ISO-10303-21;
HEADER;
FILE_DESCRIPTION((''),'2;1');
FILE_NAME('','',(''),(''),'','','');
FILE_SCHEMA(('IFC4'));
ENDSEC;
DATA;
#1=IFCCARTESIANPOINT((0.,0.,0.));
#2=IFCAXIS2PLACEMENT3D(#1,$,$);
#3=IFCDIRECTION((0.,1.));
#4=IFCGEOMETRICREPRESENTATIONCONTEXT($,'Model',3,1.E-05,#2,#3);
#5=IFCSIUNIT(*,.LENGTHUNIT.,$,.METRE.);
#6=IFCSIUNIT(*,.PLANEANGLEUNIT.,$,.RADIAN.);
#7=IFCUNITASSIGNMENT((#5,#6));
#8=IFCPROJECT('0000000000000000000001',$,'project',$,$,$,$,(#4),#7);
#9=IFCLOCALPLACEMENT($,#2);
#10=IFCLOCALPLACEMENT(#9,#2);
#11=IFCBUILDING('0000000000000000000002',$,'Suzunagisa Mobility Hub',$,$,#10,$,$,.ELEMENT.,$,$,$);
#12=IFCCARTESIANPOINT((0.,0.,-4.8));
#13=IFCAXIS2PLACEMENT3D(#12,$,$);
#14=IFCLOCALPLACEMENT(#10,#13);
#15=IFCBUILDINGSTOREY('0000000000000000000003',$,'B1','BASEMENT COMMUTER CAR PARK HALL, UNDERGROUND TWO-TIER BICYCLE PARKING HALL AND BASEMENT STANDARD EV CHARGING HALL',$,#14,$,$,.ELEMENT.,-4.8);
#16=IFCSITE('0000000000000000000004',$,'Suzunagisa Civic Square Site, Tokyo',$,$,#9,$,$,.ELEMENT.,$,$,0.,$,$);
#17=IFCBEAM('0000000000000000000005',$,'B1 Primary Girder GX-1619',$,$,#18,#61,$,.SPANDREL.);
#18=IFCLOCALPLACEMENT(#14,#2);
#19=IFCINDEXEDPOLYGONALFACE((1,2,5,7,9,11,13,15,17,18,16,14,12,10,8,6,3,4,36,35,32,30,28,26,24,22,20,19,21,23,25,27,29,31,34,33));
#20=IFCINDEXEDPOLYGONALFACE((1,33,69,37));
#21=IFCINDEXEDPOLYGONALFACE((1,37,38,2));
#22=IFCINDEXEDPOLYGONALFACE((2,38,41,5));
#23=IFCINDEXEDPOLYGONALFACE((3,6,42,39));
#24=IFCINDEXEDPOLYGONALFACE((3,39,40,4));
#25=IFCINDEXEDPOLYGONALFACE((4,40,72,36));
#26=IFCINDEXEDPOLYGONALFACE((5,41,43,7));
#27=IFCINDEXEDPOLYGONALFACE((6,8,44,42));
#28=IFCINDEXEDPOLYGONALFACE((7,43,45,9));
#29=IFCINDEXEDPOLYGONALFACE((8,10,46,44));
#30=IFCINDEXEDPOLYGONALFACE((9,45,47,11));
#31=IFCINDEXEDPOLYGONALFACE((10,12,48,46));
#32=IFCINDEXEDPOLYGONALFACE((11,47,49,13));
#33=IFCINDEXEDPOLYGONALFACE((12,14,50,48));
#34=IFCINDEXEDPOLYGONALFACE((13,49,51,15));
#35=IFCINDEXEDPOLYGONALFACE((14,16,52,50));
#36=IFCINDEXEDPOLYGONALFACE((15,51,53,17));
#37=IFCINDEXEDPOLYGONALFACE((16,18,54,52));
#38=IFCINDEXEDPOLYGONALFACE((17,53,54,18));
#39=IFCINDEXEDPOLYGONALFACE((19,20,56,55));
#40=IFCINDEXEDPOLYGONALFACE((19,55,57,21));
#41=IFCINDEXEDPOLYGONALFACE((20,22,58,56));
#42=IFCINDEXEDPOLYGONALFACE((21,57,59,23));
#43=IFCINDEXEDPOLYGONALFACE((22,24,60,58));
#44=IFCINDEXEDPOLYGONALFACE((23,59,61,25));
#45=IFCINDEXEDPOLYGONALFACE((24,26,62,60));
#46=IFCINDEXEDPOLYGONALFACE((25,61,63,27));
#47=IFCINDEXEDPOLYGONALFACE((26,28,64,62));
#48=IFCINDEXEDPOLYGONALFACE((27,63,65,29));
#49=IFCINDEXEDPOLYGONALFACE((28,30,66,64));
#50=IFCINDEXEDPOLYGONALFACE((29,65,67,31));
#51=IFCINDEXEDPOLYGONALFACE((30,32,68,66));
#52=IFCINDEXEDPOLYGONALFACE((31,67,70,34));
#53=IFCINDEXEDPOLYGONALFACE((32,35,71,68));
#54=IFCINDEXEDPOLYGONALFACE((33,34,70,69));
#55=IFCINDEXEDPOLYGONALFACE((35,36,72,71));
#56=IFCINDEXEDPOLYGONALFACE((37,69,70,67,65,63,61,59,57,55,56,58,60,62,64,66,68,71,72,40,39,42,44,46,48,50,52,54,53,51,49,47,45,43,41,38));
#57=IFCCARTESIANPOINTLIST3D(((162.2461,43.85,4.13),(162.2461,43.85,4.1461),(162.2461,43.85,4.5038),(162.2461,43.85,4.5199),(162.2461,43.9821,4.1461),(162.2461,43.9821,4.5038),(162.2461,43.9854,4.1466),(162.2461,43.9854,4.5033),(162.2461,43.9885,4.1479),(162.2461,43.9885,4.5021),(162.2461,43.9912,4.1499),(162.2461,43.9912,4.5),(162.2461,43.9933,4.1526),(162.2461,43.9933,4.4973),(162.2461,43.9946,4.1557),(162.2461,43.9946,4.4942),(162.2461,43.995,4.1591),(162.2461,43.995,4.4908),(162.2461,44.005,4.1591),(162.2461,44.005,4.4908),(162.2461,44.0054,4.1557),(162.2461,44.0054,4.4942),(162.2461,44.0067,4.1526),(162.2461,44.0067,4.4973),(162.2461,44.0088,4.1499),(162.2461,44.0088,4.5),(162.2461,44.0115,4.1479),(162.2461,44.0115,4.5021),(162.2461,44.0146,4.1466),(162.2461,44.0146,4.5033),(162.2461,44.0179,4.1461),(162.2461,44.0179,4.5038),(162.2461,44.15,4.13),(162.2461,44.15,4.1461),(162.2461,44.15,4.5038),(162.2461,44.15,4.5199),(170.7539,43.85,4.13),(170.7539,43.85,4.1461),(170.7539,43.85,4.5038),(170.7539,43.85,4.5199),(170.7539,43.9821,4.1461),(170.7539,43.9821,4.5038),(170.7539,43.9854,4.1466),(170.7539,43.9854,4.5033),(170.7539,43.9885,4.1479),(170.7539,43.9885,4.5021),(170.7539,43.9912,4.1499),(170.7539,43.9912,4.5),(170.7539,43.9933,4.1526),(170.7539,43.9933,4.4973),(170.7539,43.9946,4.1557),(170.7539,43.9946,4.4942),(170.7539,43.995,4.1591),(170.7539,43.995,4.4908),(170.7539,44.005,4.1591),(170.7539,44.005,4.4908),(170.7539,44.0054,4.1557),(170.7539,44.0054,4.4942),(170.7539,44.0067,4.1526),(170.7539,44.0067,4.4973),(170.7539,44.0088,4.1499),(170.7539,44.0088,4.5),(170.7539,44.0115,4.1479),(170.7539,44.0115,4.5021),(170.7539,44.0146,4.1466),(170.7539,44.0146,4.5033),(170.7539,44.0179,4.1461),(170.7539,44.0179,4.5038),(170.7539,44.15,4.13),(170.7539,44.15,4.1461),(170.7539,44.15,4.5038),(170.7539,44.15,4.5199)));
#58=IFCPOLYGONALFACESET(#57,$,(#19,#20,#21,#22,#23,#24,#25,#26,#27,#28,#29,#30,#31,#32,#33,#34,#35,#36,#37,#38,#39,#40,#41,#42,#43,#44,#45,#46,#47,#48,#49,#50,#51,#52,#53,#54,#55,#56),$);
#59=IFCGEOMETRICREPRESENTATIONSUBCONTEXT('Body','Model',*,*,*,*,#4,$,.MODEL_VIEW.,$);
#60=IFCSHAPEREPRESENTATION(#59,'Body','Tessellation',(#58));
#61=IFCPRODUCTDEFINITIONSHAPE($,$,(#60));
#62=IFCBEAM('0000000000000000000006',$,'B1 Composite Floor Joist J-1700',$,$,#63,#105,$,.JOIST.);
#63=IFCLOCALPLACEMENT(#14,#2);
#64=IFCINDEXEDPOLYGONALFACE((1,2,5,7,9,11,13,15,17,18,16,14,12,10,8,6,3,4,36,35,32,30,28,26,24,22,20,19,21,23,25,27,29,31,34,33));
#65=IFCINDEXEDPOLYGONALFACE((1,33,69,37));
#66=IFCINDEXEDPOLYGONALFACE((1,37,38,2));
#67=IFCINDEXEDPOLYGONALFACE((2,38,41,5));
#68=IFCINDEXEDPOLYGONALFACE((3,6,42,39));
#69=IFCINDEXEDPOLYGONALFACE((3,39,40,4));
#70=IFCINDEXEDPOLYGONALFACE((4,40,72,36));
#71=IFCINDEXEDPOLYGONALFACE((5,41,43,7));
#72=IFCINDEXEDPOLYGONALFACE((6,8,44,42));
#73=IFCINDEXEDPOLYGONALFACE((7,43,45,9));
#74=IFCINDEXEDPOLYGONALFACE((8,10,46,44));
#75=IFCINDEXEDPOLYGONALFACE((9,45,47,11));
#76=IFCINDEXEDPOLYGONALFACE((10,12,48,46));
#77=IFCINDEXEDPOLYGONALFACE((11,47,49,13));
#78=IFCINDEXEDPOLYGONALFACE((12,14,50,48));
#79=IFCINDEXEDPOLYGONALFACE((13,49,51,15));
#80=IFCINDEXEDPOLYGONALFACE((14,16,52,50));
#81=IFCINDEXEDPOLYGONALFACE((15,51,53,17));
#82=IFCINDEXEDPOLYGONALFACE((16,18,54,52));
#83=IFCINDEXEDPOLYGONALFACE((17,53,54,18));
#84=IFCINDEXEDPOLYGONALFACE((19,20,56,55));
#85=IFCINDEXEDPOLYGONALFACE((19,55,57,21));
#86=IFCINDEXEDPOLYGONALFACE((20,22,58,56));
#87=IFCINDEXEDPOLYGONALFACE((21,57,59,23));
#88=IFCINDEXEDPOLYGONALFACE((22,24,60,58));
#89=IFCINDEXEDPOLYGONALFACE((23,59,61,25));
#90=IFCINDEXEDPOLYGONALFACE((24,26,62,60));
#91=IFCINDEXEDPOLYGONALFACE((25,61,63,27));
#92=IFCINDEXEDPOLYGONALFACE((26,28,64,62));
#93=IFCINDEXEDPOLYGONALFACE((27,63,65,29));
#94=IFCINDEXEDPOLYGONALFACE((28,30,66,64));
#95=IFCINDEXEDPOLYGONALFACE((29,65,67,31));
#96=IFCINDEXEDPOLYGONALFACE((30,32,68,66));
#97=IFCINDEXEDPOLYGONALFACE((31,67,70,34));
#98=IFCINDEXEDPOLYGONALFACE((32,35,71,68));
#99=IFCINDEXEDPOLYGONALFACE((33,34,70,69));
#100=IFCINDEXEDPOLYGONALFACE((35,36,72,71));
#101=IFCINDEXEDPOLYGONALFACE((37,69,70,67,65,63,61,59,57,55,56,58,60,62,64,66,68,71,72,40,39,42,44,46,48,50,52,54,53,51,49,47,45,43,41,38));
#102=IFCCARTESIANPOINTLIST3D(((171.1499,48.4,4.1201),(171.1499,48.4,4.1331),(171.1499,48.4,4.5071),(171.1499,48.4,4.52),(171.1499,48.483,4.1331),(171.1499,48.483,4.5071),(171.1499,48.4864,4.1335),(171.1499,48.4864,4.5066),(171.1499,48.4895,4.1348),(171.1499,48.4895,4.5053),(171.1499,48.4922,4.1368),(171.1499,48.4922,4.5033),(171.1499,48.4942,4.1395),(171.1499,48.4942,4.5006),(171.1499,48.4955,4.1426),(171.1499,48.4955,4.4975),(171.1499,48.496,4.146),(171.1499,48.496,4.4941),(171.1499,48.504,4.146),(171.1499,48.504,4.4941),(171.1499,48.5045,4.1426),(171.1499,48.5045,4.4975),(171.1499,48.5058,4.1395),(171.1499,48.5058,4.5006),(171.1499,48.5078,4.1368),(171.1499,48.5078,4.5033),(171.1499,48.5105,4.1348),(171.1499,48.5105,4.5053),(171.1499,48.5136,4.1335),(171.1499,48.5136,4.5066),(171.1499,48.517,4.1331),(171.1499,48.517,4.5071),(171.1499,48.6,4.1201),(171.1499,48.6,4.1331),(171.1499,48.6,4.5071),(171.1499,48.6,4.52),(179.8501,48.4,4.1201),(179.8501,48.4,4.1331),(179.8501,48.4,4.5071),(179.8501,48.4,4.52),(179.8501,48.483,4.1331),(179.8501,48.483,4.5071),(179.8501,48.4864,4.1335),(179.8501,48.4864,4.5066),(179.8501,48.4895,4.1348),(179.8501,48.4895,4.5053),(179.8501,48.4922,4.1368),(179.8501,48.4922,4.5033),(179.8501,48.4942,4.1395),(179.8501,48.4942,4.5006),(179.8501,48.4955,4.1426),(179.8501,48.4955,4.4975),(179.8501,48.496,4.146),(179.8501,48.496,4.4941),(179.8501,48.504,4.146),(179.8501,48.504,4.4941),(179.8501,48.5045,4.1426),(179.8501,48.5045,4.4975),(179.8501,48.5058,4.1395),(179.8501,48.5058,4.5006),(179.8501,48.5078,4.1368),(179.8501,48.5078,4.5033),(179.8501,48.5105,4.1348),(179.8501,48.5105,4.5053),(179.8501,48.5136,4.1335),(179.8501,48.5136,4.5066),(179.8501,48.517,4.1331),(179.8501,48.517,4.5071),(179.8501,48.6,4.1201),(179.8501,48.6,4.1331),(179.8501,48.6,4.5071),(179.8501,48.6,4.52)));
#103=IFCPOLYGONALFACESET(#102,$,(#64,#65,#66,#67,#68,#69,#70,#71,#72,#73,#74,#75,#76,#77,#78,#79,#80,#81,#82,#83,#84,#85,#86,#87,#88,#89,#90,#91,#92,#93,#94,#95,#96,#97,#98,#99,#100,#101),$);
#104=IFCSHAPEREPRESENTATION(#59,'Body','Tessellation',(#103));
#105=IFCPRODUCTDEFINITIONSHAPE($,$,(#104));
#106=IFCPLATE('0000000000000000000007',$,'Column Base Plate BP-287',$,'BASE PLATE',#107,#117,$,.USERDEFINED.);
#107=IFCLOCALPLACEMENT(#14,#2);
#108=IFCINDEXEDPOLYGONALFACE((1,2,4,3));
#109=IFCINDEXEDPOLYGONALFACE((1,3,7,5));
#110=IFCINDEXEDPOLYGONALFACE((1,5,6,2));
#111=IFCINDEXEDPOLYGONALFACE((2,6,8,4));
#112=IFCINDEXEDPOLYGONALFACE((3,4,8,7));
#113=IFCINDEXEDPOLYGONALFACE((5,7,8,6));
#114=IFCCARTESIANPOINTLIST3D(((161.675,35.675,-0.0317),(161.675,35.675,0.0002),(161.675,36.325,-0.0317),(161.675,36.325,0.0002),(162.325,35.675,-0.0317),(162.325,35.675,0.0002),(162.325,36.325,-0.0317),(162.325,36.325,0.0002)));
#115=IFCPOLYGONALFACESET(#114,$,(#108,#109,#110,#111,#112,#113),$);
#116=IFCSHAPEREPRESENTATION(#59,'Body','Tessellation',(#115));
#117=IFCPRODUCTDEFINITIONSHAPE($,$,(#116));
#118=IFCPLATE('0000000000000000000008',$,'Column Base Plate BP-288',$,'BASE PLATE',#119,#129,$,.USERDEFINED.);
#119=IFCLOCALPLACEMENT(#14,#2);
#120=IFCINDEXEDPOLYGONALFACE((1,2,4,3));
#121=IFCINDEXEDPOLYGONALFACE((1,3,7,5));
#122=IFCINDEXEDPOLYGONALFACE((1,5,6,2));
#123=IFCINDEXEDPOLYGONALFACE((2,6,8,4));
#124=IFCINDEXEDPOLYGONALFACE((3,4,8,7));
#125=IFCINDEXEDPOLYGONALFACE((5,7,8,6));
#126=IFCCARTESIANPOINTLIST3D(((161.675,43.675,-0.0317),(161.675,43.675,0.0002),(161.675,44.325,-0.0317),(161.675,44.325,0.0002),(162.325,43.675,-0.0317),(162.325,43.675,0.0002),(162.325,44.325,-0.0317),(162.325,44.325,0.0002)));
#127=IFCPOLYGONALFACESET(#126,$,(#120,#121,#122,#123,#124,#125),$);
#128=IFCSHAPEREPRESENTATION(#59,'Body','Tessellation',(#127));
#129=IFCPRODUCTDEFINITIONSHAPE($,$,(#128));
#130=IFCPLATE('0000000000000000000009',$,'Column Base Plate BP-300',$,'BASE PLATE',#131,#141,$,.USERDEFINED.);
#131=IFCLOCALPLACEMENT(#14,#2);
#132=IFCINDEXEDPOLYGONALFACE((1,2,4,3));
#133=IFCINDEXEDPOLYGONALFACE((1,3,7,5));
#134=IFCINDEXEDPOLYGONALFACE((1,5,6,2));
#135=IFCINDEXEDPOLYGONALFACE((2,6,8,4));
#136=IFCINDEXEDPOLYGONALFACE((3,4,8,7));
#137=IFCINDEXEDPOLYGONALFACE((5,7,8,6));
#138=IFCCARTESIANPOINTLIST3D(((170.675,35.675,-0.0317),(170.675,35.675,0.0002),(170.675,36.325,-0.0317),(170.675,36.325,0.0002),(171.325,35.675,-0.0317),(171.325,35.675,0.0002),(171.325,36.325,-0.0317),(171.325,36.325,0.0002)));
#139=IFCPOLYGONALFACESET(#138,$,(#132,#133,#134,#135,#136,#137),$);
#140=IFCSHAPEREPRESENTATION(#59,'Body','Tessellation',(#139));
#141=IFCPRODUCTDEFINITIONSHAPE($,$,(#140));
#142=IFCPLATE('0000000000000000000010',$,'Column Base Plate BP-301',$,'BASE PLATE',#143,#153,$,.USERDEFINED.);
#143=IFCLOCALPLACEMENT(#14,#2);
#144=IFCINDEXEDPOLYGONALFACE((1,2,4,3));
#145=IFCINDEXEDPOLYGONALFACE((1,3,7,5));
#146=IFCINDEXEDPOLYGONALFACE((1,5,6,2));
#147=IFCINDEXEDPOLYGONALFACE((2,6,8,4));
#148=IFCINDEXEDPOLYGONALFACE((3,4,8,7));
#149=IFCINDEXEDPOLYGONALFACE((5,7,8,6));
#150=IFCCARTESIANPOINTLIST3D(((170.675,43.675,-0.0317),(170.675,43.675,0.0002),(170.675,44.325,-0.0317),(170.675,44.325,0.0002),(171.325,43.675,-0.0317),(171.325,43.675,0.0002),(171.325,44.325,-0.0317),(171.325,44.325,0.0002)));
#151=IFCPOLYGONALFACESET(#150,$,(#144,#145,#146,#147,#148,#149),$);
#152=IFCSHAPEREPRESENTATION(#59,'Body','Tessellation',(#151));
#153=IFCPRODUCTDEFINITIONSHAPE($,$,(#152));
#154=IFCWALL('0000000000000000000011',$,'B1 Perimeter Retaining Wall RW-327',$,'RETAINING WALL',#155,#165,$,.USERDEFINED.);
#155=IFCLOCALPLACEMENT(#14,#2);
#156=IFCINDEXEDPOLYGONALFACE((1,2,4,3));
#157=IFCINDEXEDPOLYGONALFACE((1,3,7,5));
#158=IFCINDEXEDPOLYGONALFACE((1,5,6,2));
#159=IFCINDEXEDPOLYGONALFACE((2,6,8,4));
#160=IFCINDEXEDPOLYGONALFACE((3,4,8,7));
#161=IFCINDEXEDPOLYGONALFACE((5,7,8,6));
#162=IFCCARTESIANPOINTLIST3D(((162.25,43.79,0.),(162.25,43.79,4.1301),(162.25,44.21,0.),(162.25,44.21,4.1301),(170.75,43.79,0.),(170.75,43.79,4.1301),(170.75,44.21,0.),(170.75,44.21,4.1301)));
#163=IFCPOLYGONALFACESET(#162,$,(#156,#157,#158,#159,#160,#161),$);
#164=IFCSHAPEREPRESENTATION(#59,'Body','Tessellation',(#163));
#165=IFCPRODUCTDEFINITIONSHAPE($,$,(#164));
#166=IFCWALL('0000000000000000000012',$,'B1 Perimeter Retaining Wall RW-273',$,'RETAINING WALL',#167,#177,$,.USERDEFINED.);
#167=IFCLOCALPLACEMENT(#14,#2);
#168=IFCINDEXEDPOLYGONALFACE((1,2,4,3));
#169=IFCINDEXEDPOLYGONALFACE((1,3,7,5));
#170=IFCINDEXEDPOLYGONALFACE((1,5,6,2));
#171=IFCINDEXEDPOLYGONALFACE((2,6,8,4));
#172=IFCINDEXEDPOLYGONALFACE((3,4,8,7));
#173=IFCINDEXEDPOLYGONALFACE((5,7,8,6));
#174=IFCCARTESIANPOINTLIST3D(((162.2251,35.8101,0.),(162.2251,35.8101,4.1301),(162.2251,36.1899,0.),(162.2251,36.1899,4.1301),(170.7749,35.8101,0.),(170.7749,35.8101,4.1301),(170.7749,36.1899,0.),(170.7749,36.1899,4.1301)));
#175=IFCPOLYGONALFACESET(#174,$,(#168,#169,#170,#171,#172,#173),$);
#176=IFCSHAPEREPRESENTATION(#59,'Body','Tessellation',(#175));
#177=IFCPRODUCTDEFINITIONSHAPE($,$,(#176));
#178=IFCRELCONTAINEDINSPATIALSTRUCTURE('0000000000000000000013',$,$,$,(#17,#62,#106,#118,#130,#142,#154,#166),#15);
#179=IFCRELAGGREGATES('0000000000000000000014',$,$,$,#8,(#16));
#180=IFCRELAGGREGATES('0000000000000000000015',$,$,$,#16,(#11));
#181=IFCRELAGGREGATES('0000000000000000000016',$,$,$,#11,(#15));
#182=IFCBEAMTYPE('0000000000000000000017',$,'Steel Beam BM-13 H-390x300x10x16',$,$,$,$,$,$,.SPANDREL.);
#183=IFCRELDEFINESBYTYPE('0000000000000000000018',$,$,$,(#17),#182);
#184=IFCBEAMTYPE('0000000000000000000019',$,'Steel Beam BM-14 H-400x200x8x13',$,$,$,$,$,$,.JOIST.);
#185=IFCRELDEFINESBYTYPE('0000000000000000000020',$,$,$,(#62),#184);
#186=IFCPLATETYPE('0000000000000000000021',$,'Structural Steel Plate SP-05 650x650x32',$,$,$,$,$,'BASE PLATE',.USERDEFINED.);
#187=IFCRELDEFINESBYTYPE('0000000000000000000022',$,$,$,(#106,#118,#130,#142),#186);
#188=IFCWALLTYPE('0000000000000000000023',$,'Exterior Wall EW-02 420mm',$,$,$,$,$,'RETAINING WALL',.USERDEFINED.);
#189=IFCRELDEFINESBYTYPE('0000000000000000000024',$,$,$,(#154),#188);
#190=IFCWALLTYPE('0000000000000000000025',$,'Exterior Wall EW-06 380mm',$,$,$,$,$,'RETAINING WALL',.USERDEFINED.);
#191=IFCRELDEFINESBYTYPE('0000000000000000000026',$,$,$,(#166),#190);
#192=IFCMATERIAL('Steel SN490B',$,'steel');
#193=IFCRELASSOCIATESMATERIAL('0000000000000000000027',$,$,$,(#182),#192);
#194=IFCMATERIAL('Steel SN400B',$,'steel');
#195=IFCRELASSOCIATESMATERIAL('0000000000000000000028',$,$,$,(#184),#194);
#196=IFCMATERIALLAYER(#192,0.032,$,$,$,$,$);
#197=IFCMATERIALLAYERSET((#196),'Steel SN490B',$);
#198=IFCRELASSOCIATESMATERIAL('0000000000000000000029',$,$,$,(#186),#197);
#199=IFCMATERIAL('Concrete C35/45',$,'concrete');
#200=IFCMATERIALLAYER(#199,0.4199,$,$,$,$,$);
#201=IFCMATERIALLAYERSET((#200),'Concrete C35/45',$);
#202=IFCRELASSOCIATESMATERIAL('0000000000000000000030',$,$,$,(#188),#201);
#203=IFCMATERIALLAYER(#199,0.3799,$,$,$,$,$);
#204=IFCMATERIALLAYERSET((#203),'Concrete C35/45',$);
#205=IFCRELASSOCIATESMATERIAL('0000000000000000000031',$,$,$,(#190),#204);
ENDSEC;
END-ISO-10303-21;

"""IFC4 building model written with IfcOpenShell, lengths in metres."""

from ifc_helpers import new_model, si_unit, direction, frame, frame_2d, origin, origin_2d, place, context, subcontext, project, spatial, rectangle, i_section, extrude, material, layer, layer_set, material_profile, profile_set, type_object, element, save


model = new_model("IFC4")

# Units and contexts
model_context = context("Model", 3, precision=1e-05, world=origin(), true_north=direction((0.0, 1.0)))
body_context = subcontext(model_context, "Body", "Model", "MODEL_VIEW")
ifc_project = project(units=[si_unit("LENGTHUNIT", "METRE"), si_unit("PLANEANGLEUNIT", "RADIAN")], contexts=[model_context])

# Site, building, storey
site_placement = place(None, origin())
site = spatial("IfcSite", under=ifc_project, at=site_placement, Name="Suzunagisa Civic Square Site, Tokyo", CompositionType="ELEMENT", RefElevation=0.0)
building_placement = place(site_placement, origin())
building = spatial("IfcBuilding", under=site, at=building_placement, Name="Suzunagisa Mobility Hub", CompositionType="ELEMENT")
storey_placement = place(building_placement, frame((0.0, 0.0, -4.8)))
storey = spatial("IfcBuildingStorey", under=building, at=storey_placement, Name="B1", Description="BASEMENT COMMUTER CAR PARK HALL, UNDERGROUND TWO-TIER BICYCLE PARKING HALL AND BASEMENT STANDARD EV CHARGING HALL", CompositionType="ELEMENT", Elevation=-4.8)

# Shared definitions
ifc_material_1 = material(Name="Concrete C35/45", Category="concrete")

# Shared definitions
ifc_material_2 = material(Name="Steel SN490B", Category="steel")

# Beams
ifc_material_profile_1 = material_profile(ifc_material_2, i_section(OverallWidth=0.3, OverallDepth=0.3899, WebThickness=0.01, FlangeThickness=0.0161, FilletRadius=0.0129, at=origin_2d()), Name="H-390x300x10x16")
ifc_profile_set_1 = profile_set([ifc_material_profile_1], Name="Steel SN490B")
beam_type_1 = type_object("IfcBeamType", Name="Steel Beam BM-13 H-390x300x10x16", PredefinedType="SPANDREL", material=ifc_profile_set_1)
beam_1_placement = place(storey_placement, frame((162.2461, 44.0, 4.325), z_axis=(1.0, 0.0, 0.0), x_axis=(0.0, 1.0, 0.0)))
element("IfcBeam", 1, at=beam_1_placement, inside=storey, type_object=beam_type_1, Name="B1 Primary Girder GX-1619", PredefinedType="SPANDREL", context=body_context, shape_type="SweptSolid", body=[
    extrude(i_section(OverallWidth=0.3, OverallDepth=0.3899, WebThickness=0.01, FlangeThickness=0.0161, FilletRadius=0.0129, at=origin_2d()), origin(), (0.0, 0.0, 1.0), 8.5078),
])
ifc_material_3 = material(Name="Steel SN400B", Category="steel")
ifc_material_profile_2 = material_profile(ifc_material_3, i_section(OverallWidth=0.2, OverallDepth=0.3999, WebThickness=0.0081, FlangeThickness=0.0129, FilletRadius=0.0129, at=origin_2d()), Name="H-400x200x8x13")
ifc_profile_set_2 = profile_set([ifc_material_profile_2], Name="Steel SN400B")
beam_type_2 = type_object("IfcBeamType", Name="Steel Beam BM-14 H-400x200x8x13", PredefinedType="JOIST", material=ifc_profile_set_2)
beam_2_placement = place(storey_placement, frame((171.1499, 48.5, 4.3201), z_axis=(1.0, 0.0, 0.0), x_axis=(0.0, 1.0, 0.0)))
element("IfcBeam", 2, at=beam_2_placement, inside=storey, type_object=beam_type_2, Name="B1 Composite Floor Joist J-1700", PredefinedType="JOIST", context=body_context, shape_type="SweptSolid", body=[
    extrude(i_section(OverallWidth=0.2, OverallDepth=0.3999, WebThickness=0.0081, FlangeThickness=0.0129, FilletRadius=0.0129, at=origin_2d()), origin(), (0.0, 0.0, 1.0), 8.7002),
])

# Plates
ifc_layer_1 = layer(ifc_material_2, 0.032)
ifc_layer_set_1 = layer_set([ifc_layer_1], Name="Steel SN490B")
plate_type = type_object("IfcPlateType", Name="Structural Steel Plate SP-05 650x650x32", ElementType="BASE PLATE", PredefinedType="USERDEFINED", material=ifc_layer_set_1)
for number, where, z_axis, x_axis, name in (
    (3, (162.0, 36.0, -0.0317), (0.0, 0.0, 1.0), (1.0, 0.0, 0.0), "Column Base Plate BP-287"),
    (4, (162.0, 44.0, -0.0317), (0.0, 0.0, 1.0), (1.0, 0.0, 0.0), "Column Base Plate BP-288"),
    (5, (171.0, 36.0, -0.0317), (0.0, 0.0, 1.0), (1.0, 0.0, 0.0), "Column Base Plate BP-300"),
    (6, (171.0, 44.0, -0.0317), (0.0, 0.0, 1.0), (1.0, 0.0, 0.0), "Column Base Plate BP-301"),
):
    element("IfcPlate", number, at=place(storey_placement, frame(where, z_axis=z_axis, x_axis=x_axis)), inside=storey, type_object=plate_type, Name=name, ObjectType="BASE PLATE", PredefinedType="USERDEFINED", context=body_context, shape_type="SweptSolid", body=[
        extrude(rectangle(XDim=0.6499, YDim=0.6499, at=origin_2d()), origin(), (0.0, 0.0, 1.0), 0.032),
    ])

# Walls
ifc_layer_2 = layer(ifc_material_1, 0.4199)
ifc_layer_set_2 = layer_set([ifc_layer_2], Name="Concrete C35/45")
wall_type_1 = type_object("IfcWallType", Name="Exterior Wall EW-02 420mm", ElementType="RETAINING WALL", PredefinedType="USERDEFINED", material=ifc_layer_set_2)
wall_1_placement = place(storey_placement, frame((162.25, 44.0, 0.0), z_axis=(0.0, 0.0, 1.0), x_axis=(1.0, 0.0, 0.0)))
element("IfcWall", 7, at=wall_1_placement, inside=storey, type_object=wall_type_1, Name="B1 Perimeter Retaining Wall RW-327", ObjectType="RETAINING WALL", PredefinedType="USERDEFINED", context=body_context, shape_type="SweptSolid", body=[
    extrude(rectangle(XDim=8.5, YDim=0.4199, at=frame_2d((4.25, 0.0))), origin(), (0.0, 0.0, 1.0), 4.1301),
])
ifc_layer_3 = layer(ifc_material_1, 0.3799)
ifc_layer_set_3 = layer_set([ifc_layer_3], Name="Concrete C35/45")
wall_type_2 = type_object("IfcWallType", Name="Exterior Wall EW-06 380mm", ElementType="RETAINING WALL", PredefinedType="USERDEFINED", material=ifc_layer_set_3)
wall_2_placement = place(storey_placement, frame((170.7749, 36.0, 0.0), z_axis=(0.0, 0.0, 1.0), x_axis=(-1.0, 0.0, 0.0)))
element("IfcWall", 8, at=wall_2_placement, inside=storey, type_object=wall_type_2, Name="B1 Perimeter Retaining Wall RW-273", ObjectType="RETAINING WALL", PredefinedType="USERDEFINED", context=body_context, shape_type="SweptSolid", body=[
    extrude(rectangle(XDim=8.5498, YDim=0.3799, at=frame_2d((4.2749, 0.0))), origin(), (0.0, 0.0, 1.0), 4.1301),
])

save(model, "model.ifc")
